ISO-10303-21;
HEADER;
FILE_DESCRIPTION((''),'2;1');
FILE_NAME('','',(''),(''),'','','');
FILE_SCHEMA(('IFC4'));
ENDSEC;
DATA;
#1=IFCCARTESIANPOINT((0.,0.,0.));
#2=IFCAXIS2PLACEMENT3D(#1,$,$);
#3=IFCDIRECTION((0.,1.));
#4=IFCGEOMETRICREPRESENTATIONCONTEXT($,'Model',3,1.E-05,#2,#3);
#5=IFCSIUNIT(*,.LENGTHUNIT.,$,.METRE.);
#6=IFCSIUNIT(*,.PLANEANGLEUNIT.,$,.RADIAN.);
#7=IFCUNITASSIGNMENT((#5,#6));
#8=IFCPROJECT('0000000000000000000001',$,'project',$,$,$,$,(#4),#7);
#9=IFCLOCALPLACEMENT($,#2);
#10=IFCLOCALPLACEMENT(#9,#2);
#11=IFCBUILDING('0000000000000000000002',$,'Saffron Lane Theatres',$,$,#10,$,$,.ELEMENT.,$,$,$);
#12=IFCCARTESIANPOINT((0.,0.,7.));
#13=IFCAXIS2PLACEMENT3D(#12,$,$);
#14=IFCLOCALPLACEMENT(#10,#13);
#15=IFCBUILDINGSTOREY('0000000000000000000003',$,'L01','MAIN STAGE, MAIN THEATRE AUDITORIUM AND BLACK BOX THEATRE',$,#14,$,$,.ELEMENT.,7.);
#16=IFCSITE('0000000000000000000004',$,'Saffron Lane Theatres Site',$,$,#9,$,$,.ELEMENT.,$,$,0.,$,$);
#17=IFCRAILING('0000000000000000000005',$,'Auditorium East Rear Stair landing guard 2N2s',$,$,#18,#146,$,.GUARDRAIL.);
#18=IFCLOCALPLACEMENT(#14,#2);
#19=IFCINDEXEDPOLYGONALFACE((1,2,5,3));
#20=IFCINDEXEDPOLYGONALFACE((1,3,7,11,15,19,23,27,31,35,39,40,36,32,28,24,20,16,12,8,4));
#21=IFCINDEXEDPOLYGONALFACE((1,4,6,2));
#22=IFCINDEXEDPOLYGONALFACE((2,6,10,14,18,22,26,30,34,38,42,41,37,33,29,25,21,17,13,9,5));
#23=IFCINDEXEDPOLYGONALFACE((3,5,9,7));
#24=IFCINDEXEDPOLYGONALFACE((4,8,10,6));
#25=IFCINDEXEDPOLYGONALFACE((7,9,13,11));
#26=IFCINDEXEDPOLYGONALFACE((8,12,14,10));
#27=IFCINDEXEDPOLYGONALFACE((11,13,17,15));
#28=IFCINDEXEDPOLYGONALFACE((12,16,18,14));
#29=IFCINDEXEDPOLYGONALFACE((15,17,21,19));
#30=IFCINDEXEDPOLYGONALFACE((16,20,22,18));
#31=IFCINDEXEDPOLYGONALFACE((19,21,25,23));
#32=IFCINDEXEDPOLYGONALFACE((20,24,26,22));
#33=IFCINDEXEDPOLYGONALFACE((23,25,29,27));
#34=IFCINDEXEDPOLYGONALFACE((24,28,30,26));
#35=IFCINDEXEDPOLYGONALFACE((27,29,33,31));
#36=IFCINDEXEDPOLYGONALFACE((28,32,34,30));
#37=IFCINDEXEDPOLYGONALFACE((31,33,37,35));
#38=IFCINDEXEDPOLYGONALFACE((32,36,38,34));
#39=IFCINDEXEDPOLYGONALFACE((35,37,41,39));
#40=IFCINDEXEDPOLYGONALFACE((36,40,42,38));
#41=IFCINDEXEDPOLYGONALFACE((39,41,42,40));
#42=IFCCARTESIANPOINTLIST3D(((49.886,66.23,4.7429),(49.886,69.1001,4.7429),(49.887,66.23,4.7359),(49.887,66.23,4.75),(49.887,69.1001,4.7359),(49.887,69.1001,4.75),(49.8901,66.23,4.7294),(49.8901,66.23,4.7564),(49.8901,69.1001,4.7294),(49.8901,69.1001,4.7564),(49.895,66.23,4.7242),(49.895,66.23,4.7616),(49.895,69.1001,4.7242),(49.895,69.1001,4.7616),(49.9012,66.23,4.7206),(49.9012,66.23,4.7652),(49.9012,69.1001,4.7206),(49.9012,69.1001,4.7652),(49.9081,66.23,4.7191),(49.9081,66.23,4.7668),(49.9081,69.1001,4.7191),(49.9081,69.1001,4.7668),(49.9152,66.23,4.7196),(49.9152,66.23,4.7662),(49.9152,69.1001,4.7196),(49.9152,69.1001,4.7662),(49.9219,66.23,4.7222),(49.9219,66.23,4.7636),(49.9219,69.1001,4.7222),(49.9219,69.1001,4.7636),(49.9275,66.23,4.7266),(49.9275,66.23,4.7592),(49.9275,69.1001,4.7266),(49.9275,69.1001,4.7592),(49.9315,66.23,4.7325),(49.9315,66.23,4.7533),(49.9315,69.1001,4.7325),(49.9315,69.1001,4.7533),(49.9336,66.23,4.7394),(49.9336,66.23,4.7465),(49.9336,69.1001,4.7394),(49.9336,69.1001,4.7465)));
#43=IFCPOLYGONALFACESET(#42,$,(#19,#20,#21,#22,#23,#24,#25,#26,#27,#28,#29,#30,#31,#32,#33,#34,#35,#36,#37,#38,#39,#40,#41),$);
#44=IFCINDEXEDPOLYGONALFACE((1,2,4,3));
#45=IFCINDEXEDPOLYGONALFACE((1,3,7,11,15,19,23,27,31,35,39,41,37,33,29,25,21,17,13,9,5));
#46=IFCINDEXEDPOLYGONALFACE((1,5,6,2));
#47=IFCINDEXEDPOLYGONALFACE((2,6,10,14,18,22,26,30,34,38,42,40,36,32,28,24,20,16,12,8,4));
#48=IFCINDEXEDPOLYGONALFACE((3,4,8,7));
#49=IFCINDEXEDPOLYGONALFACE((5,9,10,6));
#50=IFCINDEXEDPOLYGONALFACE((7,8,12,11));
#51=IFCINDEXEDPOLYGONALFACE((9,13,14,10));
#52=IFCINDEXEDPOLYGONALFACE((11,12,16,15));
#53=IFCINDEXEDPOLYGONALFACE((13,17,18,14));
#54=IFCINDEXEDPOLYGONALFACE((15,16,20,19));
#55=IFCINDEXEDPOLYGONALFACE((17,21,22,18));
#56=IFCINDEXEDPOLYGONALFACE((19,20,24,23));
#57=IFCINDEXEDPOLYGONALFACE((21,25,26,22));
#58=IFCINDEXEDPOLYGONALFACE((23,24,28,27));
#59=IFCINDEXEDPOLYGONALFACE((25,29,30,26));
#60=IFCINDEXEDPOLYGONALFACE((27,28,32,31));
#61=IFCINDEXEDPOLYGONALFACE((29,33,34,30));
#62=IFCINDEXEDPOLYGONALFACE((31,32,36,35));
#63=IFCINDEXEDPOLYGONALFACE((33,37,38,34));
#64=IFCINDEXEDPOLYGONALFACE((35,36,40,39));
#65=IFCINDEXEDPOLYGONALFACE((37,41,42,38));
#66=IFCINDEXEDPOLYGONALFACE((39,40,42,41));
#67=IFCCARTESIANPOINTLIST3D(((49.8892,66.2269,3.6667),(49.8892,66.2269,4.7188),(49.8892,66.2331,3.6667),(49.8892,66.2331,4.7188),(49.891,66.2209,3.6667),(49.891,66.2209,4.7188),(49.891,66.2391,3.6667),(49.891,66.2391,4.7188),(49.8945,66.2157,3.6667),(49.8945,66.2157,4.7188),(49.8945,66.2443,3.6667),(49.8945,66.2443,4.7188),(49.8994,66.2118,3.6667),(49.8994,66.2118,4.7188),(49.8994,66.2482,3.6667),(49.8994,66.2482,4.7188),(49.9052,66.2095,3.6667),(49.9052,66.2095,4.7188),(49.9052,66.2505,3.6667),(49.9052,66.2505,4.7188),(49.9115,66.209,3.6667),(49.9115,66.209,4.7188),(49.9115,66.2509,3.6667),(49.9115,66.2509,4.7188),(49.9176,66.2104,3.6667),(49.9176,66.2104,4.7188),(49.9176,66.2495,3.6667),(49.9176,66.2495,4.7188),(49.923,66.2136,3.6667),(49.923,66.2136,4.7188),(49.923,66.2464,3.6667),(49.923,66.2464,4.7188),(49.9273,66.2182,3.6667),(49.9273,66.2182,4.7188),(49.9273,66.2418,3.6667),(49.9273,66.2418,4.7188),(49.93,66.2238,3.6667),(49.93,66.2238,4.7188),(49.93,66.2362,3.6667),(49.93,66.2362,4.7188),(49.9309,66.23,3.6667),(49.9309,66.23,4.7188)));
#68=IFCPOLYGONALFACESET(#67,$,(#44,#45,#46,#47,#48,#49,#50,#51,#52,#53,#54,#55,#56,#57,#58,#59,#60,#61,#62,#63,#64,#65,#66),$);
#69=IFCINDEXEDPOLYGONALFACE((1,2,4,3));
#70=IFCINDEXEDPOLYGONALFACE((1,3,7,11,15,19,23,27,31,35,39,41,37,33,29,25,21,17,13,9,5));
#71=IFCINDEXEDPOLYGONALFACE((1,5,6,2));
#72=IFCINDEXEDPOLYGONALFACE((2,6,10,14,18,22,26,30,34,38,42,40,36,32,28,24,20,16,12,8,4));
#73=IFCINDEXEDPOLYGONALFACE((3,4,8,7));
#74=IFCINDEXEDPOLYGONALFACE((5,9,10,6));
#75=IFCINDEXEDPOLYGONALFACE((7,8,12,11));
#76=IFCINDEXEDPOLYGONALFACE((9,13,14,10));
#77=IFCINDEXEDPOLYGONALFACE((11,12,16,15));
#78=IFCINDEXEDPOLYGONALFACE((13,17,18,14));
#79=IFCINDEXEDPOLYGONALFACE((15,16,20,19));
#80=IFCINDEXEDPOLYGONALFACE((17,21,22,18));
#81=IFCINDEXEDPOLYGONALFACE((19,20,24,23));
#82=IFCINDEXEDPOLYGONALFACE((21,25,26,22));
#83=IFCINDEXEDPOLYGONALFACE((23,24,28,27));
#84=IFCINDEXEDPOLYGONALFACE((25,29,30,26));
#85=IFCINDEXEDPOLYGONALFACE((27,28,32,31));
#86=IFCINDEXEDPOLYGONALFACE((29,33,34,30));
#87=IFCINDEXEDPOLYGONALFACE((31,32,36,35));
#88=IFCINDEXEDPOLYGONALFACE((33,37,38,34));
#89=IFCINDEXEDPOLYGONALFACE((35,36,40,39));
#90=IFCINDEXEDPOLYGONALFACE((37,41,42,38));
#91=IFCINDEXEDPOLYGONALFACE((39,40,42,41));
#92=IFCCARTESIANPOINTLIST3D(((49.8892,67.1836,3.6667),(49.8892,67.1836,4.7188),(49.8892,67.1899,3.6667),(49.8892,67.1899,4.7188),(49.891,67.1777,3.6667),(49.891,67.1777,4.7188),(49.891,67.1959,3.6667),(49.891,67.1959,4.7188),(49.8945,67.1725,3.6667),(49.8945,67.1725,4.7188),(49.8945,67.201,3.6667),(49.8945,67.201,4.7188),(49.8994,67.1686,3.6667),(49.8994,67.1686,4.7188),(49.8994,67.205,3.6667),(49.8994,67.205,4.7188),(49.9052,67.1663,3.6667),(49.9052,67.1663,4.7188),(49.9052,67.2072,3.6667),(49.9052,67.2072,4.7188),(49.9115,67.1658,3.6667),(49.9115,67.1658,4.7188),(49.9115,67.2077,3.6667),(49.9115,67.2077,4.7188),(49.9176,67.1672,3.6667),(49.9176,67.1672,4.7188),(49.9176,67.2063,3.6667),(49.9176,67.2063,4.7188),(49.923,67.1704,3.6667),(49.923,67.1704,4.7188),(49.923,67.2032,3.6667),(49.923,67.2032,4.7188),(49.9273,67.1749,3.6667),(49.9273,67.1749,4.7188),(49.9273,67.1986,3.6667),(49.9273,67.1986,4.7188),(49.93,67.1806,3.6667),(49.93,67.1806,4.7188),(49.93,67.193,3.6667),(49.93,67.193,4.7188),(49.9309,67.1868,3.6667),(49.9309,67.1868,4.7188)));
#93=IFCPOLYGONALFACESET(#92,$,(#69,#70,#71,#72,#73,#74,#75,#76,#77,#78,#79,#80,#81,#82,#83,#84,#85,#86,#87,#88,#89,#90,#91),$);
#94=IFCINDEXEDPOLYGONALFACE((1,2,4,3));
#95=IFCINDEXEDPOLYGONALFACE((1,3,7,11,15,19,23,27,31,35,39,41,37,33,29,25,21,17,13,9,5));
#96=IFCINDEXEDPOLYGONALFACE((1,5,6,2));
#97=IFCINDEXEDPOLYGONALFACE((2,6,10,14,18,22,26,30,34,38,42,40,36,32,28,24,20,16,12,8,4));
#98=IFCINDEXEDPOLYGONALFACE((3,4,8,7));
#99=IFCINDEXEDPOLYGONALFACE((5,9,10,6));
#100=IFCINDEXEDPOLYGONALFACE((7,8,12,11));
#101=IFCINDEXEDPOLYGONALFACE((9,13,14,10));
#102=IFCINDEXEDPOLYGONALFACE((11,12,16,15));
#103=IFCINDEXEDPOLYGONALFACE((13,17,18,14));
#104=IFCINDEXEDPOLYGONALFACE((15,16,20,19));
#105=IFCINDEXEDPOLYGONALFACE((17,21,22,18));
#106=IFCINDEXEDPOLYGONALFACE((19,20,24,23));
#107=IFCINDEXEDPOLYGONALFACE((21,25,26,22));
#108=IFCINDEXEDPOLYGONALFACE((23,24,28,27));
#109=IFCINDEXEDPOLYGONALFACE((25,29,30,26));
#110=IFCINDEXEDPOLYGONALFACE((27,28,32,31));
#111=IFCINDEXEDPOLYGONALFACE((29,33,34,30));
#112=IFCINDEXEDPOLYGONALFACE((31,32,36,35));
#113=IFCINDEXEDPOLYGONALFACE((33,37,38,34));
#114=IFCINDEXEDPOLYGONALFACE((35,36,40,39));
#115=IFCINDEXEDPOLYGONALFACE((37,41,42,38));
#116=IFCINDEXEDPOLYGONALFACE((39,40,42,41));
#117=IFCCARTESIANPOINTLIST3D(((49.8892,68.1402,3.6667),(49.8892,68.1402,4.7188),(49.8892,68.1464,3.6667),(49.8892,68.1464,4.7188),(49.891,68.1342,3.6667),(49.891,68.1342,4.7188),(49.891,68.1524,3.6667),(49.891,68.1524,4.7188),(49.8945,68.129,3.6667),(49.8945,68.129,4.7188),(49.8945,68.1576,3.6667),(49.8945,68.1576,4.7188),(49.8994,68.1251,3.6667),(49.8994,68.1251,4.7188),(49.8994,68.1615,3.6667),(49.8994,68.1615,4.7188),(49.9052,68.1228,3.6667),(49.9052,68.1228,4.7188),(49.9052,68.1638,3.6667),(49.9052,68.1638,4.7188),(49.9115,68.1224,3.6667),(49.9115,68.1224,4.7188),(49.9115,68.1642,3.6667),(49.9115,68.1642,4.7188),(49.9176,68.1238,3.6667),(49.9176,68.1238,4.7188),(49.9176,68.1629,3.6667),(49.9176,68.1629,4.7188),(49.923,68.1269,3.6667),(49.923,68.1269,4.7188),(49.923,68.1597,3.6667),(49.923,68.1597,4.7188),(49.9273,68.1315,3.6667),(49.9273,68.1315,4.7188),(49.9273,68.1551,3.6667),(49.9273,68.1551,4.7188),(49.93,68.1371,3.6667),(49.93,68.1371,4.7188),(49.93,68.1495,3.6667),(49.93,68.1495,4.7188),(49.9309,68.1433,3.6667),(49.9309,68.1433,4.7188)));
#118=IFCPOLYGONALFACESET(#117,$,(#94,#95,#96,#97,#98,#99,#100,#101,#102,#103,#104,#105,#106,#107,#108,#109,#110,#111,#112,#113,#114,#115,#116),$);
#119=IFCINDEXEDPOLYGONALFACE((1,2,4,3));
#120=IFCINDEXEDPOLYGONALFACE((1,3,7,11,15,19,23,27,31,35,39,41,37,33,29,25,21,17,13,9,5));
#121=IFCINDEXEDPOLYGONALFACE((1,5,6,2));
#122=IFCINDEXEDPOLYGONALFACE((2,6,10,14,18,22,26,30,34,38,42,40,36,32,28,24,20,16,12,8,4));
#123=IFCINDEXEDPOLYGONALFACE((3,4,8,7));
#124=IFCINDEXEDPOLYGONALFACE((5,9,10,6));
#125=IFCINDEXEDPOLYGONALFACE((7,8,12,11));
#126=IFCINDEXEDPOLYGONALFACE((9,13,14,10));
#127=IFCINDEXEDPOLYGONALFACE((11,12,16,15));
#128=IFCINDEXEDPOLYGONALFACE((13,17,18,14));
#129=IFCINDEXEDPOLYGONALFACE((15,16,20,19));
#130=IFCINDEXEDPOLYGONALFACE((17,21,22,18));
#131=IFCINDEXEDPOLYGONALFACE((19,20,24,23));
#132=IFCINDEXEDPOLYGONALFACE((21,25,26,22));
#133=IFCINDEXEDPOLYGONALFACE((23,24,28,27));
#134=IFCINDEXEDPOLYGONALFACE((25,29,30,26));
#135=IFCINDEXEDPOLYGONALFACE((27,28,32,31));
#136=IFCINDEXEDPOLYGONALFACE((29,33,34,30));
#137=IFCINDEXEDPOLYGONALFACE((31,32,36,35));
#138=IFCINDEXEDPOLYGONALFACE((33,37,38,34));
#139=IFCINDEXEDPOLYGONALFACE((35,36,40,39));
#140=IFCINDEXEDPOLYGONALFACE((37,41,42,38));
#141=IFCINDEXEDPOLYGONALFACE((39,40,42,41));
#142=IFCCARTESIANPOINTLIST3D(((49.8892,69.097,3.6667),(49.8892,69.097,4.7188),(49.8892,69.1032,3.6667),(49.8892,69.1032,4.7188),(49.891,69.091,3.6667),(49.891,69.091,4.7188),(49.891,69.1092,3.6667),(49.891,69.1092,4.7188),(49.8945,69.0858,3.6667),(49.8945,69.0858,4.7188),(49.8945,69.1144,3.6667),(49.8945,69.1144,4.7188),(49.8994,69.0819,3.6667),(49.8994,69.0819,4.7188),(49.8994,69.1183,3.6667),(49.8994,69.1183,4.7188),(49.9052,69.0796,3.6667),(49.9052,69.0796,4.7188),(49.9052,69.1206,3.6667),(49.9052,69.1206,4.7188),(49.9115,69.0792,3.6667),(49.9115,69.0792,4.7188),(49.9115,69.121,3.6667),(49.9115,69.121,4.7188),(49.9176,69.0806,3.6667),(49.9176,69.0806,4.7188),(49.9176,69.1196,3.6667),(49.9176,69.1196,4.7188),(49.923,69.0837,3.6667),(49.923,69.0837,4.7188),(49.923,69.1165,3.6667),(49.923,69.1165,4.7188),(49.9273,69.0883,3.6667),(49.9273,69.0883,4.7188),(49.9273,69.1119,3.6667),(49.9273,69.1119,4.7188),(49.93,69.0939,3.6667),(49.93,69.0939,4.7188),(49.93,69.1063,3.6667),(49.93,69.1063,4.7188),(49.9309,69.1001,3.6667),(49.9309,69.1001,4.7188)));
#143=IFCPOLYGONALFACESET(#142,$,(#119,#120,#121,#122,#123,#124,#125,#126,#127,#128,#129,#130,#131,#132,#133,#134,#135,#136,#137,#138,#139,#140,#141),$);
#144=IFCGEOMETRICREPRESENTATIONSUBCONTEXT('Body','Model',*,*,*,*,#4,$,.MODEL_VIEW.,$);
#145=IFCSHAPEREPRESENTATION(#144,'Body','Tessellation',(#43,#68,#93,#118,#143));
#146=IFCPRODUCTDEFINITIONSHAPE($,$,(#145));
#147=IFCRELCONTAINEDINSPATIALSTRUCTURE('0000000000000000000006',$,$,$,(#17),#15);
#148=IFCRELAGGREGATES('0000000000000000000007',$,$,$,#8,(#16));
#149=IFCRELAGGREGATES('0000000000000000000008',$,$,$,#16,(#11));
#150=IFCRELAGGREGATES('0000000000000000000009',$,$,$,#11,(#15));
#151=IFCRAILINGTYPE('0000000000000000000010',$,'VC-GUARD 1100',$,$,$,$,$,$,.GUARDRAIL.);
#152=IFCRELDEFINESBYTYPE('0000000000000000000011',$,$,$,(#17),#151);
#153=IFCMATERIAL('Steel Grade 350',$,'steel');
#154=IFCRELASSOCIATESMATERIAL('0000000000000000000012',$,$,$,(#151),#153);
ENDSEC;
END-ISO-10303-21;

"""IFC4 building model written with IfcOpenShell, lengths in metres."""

from ifc_helpers import new_model, si_unit, direction, frame, origin, origin_2d, place, context, subcontext, project, spatial, circle, extrude, material, type_object, element, save


model = new_model("IFC4")

# Units and contexts
model_context = context("Model", 3, precision=1e-05, world=origin(), true_north=direction((0.0, 1.0)))
body_context = subcontext(model_context, "Body", "Model", "MODEL_VIEW")
ifc_project = project(units=[si_unit("LENGTHUNIT", "METRE"), si_unit("PLANEANGLEUNIT", "RADIAN")], contexts=[model_context])

# Site, building, storey
site_placement = place(None, origin())
site = spatial("IfcSite", under=ifc_project, at=site_placement, Name="Saffron Lane Theatres Site", CompositionType="ELEMENT", RefElevation=0.0)
building_placement = place(site_placement, origin())
building = spatial("IfcBuilding", under=site, at=building_placement, Name="Saffron Lane Theatres", CompositionType="ELEMENT")
storey_placement = place(building_placement, frame((0.0, 0.0, 7.0)))
storey = spatial("IfcBuildingStorey", under=building, at=storey_placement, Name="L01", Description="MAIN STAGE, MAIN THEATRE AUDITORIUM AND BLACK BOX THEATRE", CompositionType="ELEMENT", Elevation=7.0)

# Railing
ifc_material_1 = material(Name="Steel Grade 350", Category="steel")
railing_type_1 = type_object("IfcRailingType", Name="VC-GUARD 1100", PredefinedType="GUARDRAIL", material=ifc_material_1)
railing_1_placement = place(storey_placement, frame((49.9099, 66.23, 3.6667)))
element("IfcRailing", 1, at=railing_1_placement, inside=storey, type_object=railing_type_1, Name="Auditorium East Rear Stair landing guard 2N2s", PredefinedType="GUARDRAIL", context=body_context, shape_type="SweptSolid", body=[
    extrude(circle(Radius=0.0239, at=origin_2d()), frame((0.0, 0.0, 1.0762), z_axis=(0.0, 1.0, 0.0), x_axis=(-1.0, 0.0, 0.0)), (0.0, 0.0, 1.0), 2.8701),
    extrude(circle(Radius=0.021, at=origin_2d()), origin(), (0.0, 0.0, 1.0), 1.052),
    extrude(circle(Radius=0.021, at=origin_2d()), frame((0.0, 0.9568, 0.0)), (0.0, 0.0, 1.0), 1.052),
    extrude(circle(Radius=0.021, at=origin_2d()), frame((0.0, 1.9133, 0.0)), (0.0, 0.0, 1.0), 1.052),
    extrude(circle(Radius=0.021, at=origin_2d()), frame((0.0, 2.8701, 0.0)), (0.0, 0.0, 1.0), 1.052),
])

save(model, "model.ifc")
